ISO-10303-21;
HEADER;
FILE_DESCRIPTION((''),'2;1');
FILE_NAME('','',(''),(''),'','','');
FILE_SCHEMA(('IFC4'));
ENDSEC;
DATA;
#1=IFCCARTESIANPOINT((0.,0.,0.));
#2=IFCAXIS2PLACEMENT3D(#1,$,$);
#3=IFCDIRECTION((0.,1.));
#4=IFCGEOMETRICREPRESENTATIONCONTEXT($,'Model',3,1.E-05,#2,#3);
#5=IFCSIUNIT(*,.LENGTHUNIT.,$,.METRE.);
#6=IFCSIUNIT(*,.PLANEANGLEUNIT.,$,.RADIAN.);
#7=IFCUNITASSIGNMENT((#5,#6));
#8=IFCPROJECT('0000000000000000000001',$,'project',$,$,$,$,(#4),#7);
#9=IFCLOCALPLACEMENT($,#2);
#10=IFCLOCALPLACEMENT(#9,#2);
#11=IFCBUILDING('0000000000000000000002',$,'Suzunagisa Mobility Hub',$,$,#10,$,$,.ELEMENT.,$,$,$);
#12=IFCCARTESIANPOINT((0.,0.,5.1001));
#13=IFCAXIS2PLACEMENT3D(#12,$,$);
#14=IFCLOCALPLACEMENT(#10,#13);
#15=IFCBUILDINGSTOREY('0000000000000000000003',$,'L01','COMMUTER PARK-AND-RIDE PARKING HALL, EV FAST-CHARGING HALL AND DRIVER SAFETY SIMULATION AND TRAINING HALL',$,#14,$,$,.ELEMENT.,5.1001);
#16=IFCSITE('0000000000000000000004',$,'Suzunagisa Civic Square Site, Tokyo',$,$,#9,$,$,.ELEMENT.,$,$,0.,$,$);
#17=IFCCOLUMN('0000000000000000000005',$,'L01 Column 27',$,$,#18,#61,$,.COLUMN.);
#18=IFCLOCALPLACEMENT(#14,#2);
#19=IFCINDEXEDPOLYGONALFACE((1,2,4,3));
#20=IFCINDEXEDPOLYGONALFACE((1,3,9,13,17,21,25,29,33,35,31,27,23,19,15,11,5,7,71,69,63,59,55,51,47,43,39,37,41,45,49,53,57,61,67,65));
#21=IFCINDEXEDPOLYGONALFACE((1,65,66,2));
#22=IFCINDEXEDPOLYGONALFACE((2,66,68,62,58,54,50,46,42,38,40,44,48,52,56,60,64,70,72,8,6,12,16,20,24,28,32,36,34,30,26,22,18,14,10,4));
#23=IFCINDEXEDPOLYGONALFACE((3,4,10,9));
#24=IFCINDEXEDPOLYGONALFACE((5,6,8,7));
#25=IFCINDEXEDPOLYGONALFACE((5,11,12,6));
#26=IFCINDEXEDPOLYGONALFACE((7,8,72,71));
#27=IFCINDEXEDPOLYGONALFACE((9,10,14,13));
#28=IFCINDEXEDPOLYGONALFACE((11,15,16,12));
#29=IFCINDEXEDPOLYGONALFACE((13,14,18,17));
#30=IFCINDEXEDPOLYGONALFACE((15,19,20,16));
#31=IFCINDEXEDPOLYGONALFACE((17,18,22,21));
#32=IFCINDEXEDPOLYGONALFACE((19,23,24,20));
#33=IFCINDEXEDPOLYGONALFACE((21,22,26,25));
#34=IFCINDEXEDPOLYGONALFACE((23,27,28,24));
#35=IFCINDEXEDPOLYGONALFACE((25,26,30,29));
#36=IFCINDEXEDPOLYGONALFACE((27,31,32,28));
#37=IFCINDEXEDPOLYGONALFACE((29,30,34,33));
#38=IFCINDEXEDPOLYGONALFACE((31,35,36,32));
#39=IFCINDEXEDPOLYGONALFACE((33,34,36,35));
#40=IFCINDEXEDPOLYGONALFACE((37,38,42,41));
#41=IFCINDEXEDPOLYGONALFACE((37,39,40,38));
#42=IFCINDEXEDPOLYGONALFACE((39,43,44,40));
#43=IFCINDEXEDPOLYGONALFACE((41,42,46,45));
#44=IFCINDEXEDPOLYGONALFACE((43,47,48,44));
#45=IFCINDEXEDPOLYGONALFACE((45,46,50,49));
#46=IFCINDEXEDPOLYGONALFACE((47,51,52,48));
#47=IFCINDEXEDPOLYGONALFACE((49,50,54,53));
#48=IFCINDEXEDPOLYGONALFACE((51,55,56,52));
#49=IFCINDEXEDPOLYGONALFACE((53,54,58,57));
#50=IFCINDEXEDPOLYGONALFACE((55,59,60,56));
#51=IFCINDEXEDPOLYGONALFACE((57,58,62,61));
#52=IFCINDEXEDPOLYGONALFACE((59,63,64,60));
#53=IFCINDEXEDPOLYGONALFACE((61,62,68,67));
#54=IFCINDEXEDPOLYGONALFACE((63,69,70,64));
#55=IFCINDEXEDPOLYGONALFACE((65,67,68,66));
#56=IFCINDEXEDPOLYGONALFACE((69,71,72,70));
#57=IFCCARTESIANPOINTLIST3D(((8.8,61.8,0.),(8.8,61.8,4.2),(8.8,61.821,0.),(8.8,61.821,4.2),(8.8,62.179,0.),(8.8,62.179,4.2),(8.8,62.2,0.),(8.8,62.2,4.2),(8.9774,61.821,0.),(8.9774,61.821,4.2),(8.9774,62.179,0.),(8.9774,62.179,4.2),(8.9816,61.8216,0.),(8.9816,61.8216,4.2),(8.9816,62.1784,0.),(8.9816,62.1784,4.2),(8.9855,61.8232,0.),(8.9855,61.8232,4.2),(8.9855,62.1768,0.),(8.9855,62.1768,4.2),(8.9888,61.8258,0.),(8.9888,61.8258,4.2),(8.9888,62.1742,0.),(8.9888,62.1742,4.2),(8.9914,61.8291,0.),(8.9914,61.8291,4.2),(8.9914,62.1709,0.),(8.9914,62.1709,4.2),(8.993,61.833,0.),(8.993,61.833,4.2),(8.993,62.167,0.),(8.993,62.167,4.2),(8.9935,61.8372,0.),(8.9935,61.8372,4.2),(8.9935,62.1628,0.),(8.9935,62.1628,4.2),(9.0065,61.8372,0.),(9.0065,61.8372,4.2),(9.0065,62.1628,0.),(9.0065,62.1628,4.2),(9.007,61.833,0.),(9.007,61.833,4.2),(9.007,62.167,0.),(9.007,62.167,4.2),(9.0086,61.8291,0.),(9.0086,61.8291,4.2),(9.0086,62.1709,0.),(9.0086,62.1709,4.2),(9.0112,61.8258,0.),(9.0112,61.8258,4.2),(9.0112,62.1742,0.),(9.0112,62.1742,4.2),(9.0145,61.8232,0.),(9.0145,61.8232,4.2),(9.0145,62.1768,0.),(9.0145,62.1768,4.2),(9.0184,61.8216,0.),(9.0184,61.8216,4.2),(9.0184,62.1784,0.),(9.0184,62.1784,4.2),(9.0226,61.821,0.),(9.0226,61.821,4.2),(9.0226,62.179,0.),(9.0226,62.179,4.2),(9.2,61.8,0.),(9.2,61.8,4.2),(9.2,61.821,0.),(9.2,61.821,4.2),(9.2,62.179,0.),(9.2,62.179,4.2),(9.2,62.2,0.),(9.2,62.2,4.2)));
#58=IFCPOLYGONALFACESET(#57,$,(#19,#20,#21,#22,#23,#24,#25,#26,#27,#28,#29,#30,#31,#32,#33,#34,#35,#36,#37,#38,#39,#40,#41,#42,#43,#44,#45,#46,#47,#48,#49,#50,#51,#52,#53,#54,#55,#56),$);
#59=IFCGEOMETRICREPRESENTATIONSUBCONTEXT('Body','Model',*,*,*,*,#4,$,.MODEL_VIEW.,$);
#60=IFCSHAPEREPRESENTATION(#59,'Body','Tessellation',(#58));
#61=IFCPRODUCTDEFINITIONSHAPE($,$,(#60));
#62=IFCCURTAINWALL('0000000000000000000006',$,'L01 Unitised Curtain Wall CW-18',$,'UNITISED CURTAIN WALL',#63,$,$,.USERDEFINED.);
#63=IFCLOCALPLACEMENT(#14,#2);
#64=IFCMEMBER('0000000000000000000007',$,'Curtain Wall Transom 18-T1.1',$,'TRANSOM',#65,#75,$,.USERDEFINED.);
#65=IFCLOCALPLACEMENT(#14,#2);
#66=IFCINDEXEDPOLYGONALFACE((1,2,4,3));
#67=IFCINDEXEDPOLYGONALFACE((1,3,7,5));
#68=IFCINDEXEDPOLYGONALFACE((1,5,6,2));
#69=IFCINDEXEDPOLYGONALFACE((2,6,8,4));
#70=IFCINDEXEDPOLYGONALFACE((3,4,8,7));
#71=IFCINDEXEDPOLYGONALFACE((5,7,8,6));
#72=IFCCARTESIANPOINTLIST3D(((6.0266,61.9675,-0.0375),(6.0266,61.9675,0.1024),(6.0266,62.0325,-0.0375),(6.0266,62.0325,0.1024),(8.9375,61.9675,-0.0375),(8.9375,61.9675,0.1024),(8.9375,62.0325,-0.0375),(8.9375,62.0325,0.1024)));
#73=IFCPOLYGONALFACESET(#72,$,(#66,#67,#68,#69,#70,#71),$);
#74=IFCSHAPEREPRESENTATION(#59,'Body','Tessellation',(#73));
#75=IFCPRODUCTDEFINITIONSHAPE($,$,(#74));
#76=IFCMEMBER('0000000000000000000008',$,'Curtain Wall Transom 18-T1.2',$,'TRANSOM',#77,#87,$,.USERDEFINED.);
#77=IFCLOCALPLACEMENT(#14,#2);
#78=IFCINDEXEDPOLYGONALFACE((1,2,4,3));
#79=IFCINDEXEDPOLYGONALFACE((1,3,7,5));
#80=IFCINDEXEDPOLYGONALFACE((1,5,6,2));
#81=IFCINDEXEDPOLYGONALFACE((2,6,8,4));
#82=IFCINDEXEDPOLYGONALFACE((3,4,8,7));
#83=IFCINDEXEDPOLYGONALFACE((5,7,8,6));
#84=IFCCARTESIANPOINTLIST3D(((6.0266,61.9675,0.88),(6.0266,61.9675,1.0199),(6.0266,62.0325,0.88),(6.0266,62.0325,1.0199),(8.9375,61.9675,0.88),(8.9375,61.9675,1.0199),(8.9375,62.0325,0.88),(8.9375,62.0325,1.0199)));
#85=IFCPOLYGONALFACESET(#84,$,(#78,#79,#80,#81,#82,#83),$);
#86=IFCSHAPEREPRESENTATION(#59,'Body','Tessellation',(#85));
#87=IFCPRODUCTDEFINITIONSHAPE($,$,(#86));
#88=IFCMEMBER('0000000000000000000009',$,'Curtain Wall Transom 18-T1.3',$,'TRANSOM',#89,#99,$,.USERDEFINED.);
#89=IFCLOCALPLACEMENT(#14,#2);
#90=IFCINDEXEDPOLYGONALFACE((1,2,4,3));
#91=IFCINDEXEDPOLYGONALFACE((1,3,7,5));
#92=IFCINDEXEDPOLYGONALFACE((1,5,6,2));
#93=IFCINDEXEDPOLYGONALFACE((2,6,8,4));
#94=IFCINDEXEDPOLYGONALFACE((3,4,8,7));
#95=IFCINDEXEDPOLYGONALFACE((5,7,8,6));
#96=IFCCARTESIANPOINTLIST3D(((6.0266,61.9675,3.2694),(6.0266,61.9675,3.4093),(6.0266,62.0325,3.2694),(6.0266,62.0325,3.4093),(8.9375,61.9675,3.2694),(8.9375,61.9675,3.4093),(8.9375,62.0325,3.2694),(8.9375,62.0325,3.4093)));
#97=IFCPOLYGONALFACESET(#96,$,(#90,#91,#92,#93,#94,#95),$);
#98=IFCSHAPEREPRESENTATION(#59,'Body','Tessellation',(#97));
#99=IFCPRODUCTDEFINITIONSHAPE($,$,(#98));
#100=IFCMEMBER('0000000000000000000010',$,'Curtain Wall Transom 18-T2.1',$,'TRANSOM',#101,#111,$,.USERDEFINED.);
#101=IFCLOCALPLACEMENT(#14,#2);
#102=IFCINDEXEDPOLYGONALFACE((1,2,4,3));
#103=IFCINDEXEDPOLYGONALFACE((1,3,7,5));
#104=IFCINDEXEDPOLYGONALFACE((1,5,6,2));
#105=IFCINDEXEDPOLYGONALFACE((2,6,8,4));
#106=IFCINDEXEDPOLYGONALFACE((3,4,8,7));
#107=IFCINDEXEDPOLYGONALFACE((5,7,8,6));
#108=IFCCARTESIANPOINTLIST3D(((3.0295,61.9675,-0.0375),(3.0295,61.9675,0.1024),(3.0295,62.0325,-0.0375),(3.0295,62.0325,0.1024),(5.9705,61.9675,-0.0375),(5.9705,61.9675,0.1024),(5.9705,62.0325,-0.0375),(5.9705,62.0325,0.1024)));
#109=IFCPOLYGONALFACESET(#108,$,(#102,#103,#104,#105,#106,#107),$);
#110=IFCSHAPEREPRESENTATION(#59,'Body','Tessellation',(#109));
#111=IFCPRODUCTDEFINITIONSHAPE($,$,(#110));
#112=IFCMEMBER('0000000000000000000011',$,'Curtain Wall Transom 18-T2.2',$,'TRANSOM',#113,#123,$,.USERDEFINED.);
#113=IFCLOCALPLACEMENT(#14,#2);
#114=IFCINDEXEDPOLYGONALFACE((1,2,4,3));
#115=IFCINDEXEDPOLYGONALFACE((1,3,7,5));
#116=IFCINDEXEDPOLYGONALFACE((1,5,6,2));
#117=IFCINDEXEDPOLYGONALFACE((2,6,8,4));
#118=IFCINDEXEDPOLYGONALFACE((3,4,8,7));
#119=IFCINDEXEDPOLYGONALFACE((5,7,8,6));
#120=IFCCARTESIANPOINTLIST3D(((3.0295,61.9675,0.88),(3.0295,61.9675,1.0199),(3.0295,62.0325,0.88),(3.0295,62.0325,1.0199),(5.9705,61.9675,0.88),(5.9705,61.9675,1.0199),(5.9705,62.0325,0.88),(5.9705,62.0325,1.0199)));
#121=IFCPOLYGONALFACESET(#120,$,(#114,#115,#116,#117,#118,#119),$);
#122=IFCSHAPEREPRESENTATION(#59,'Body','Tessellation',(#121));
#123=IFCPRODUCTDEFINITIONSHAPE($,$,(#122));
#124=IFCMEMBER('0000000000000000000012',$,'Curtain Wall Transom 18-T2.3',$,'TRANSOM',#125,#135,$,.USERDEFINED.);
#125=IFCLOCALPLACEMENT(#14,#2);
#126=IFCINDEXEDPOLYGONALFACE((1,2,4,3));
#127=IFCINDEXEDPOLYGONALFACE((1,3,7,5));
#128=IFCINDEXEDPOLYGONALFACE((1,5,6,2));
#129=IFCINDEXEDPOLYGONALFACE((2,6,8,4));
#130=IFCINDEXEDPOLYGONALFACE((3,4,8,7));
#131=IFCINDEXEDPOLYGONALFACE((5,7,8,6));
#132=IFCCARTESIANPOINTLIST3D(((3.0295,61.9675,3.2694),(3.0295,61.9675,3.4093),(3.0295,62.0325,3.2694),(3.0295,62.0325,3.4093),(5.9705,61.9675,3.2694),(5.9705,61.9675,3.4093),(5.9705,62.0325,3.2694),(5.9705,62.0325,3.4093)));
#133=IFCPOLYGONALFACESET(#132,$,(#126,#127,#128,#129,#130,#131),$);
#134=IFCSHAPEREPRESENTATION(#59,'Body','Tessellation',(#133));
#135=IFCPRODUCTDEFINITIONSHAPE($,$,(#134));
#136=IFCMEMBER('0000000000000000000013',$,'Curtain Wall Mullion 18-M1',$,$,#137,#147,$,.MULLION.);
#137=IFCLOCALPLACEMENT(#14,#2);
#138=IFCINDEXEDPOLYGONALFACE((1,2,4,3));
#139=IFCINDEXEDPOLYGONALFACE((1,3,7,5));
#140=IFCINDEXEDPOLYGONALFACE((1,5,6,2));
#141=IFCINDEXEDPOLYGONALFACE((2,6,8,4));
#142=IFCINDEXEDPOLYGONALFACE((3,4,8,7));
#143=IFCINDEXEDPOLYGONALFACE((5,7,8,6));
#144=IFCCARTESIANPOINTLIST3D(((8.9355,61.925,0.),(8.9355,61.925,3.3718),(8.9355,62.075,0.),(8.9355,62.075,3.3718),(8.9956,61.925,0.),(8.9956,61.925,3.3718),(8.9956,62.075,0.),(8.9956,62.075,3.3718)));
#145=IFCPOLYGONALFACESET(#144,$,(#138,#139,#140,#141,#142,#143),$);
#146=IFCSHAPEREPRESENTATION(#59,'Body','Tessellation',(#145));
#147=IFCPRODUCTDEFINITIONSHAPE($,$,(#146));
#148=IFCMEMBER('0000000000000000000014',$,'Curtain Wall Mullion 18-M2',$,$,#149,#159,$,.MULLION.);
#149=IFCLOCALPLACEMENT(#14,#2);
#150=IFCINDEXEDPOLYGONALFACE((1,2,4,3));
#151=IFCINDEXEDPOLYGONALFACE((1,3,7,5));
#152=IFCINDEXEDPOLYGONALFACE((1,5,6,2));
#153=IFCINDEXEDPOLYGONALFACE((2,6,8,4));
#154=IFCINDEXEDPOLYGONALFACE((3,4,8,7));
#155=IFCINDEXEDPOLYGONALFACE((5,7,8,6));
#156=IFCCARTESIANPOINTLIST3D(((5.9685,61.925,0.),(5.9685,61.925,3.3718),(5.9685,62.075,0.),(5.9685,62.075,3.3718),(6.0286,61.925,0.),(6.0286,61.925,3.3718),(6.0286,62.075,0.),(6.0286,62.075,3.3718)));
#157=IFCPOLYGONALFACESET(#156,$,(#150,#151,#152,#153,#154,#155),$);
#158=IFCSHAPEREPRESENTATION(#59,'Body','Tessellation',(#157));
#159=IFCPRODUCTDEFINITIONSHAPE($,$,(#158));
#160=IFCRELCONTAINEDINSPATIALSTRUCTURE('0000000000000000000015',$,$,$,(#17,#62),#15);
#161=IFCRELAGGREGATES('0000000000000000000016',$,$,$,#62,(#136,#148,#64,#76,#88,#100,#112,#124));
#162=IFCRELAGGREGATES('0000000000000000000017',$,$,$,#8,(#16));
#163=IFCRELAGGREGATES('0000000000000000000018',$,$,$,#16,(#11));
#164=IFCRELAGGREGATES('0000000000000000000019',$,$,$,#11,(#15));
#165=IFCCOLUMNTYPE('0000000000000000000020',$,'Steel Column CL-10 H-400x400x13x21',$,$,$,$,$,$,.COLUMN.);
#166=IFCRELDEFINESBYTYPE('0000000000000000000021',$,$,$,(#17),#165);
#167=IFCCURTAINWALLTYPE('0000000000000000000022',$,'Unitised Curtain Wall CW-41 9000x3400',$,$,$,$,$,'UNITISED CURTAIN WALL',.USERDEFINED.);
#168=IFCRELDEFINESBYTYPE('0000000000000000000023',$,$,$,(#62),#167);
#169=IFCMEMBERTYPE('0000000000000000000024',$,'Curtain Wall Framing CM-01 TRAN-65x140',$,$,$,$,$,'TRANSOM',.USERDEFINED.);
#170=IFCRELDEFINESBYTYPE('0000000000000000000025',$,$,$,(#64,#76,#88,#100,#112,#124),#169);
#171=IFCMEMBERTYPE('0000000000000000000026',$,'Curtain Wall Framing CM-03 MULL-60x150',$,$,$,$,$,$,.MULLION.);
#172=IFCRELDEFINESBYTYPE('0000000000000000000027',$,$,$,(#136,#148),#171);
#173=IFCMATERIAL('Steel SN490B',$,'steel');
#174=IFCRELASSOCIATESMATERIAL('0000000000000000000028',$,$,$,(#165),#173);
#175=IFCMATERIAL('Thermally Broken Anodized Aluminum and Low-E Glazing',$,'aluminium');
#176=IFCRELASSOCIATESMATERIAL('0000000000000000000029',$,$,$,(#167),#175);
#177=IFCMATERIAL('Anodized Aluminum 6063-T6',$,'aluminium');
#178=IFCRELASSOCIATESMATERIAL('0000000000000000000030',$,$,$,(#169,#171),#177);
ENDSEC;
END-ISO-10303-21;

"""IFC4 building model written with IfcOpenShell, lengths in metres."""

from ifc_helpers import new_model, si_unit, direction, frame, origin, origin_2d, place, context, subcontext, project, spatial, rectangle, i_section, extrude, material, material_profile, profile_set, type_object, element, aggregate, save


model = new_model("IFC4")

# Units and contexts
model_context = context("Model", 3, precision=1e-05, world=origin(), true_north=direction((0.0, 1.0)))
body_context = subcontext(model_context, "Body", "Model", "MODEL_VIEW")
ifc_project = project(units=[si_unit("LENGTHUNIT", "METRE"), si_unit("PLANEANGLEUNIT", "RADIAN")], contexts=[model_context])

# Site, building, storey
site_placement = place(None, origin())
site = spatial("IfcSite", under=ifc_project, at=site_placement, Name="Suzunagisa Civic Square Site, Tokyo", CompositionType="ELEMENT", RefElevation=0.0)
building_placement = place(site_placement, origin())
building = spatial("IfcBuilding", under=site, at=building_placement, Name="Suzunagisa Mobility Hub", CompositionType="ELEMENT")
storey_placement = place(building_placement, frame((0.0, 0.0, 5.1001)))
storey = spatial("IfcBuildingStorey", under=building, at=storey_placement, Name="L01", Description="COMMUTER PARK-AND-RIDE PARKING HALL, EV FAST-CHARGING HALL AND DRIVER SAFETY SIMULATION AND TRAINING HALL", CompositionType="ELEMENT", Elevation=5.1001)

# Column
ifc_material_1 = material(Name="Steel SN490B", Category="steel")
ifc_material_profile_1 = material_profile(ifc_material_1, i_section(OverallWidth=0.3999, OverallDepth=0.3999, WebThickness=0.0129, FlangeThickness=0.021, FilletRadius=0.0161, at=origin_2d()), Name="H-400x400x13x21")
ifc_profile_set_1 = profile_set([ifc_material_profile_1], Name="Steel SN490B")
column_type = type_object("IfcColumnType", Name="Steel Column CL-10 H-400x400x13x21", PredefinedType="COLUMN", material=ifc_profile_set_1)
column_placement = place(storey_placement, frame((9.0, 62.0, 0.0), z_axis=(0.0, 0.0, 1.0), x_axis=(1.0, 0.0, 0.0)))
element("IfcColumn", 1, at=column_placement, inside=storey, type_object=column_type, Name="L01 Column 27", PredefinedType="COLUMN", context=body_context, shape_type="SweptSolid", body=[
    extrude(i_section(OverallWidth=0.3999, OverallDepth=0.3999, WebThickness=0.0129, FlangeThickness=0.021, FilletRadius=0.0161, at=origin_2d()), origin(), (0.0, 0.0, 1.0), 4.2),
])

# Curtain wall, members
ifc_material_2 = material(Name="Thermally Broken Anodized Aluminum and Low-E Glazing", Category="aluminium")
curtain_wall_type = type_object("IfcCurtainWallType", Name="Unitised Curtain Wall CW-41 9000x3400", ElementType="UNITISED CURTAIN WALL", PredefinedType="USERDEFINED", material=ifc_material_2)
curtain_wall_placement = place(storey_placement, origin())
curtain_wall = element("IfcCurtainWall", 2, at=curtain_wall_placement, inside=storey, type_object=curtain_wall_type, Name="L01 Unitised Curtain Wall CW-18", ObjectType="UNITISED CURTAIN WALL", PredefinedType="USERDEFINED")
ifc_material_3 = material(Name="Anodized Aluminum 6063-T6", Category="aluminium")
ifc_material_profile_2 = material_profile(ifc_material_3, rectangle(XDim=0.0649, YDim=0.1399, at=origin_2d()), Name="TRAN-65x140")
ifc_profile_set_2 = profile_set([ifc_material_profile_2], Name="Anodized Aluminum 6063-T6")
member_type_1 = type_object("IfcMemberType", Name="Curtain Wall Framing CM-01 TRAN-65x140", ElementType="TRANSOM", PredefinedType="USERDEFINED", material=ifc_profile_set_2)
member_1_placement = place(storey_placement, frame((8.9375, 62.0, 0.0325), z_axis=(-1.0, 0.0, 0.0), x_axis=(0.0, -1.0, 0.0)))
member_1 = element("IfcMember", 3, at=member_1_placement, type_object=member_type_1, Name="Curtain Wall Transom 18-T1.1", ObjectType="TRANSOM", PredefinedType="USERDEFINED", context=body_context, shape_type="SweptSolid", body=[
    extrude(rectangle(XDim=0.0649, YDim=0.1399, at=origin_2d()), origin(), (0.0, 0.0, 1.0), 2.9109),
])
member_2_placement = place(storey_placement, frame((8.9375, 62.0, 0.95), z_axis=(-1.0, 0.0, 0.0), x_axis=(0.0, -1.0, 0.0)))
member_2 = element("IfcMember", 4, at=member_2_placement, type_object=member_type_1, Name="Curtain Wall Transom 18-T1.2", ObjectType="TRANSOM", PredefinedType="USERDEFINED", context=body_context, shape_type="SweptSolid", body=[
    extrude(rectangle(XDim=0.0649, YDim=0.1399, at=origin_2d()), origin(), (0.0, 0.0, 1.0), 2.9109),
])
member_3_placement = place(storey_placement, frame((8.9375, 62.0, 3.3394), z_axis=(-1.0, 0.0, 0.0), x_axis=(0.0, -1.0, 0.0)))
member_3 = element("IfcMember", 5, at=member_3_placement, type_object=member_type_1, Name="Curtain Wall Transom 18-T1.3", ObjectType="TRANSOM", PredefinedType="USERDEFINED", context=body_context, shape_type="SweptSolid", body=[
    extrude(rectangle(XDim=0.0649, YDim=0.1399, at=origin_2d()), origin(), (0.0, 0.0, 1.0), 2.9109),
])
member_4_placement = place(storey_placement, frame((5.9705, 62.0, 0.0325), z_axis=(-1.0, 0.0, 0.0), x_axis=(0.0, -1.0, 0.0)))
member_4 = element("IfcMember", 6, at=member_4_placement, type_object=member_type_1, Name="Curtain Wall Transom 18-T2.1", ObjectType="TRANSOM", PredefinedType="USERDEFINED", context=body_context, shape_type="SweptSolid", body=[
    extrude(rectangle(XDim=0.0649, YDim=0.1399, at=origin_2d()), origin(), (0.0, 0.0, 1.0), 2.9409),
])
member_5_placement = place(storey_placement, frame((5.9705, 62.0, 0.95), z_axis=(-1.0, 0.0, 0.0), x_axis=(0.0, -1.0, 0.0)))
member_5 = element("IfcMember", 7, at=member_5_placement, type_object=member_type_1, Name="Curtain Wall Transom 18-T2.2", ObjectType="TRANSOM", PredefinedType="USERDEFINED", context=body_context, shape_type="SweptSolid", body=[
    extrude(rectangle(XDim=0.0649, YDim=0.1399, at=origin_2d()), origin(), (0.0, 0.0, 1.0), 2.9409),
])
member_6_placement = place(storey_placement, frame((5.9705, 62.0, 3.3394), z_axis=(-1.0, 0.0, 0.0), x_axis=(0.0, -1.0, 0.0)))
member_6 = element("IfcMember", 8, at=member_6_placement, type_object=member_type_1, Name="Curtain Wall Transom 18-T2.3", ObjectType="TRANSOM", PredefinedType="USERDEFINED", context=body_context, shape_type="SweptSolid", body=[
    extrude(rectangle(XDim=0.0649, YDim=0.1399, at=origin_2d()), origin(), (0.0, 0.0, 1.0), 2.9409),
])
ifc_material_profile_3 = material_profile(ifc_material_3, rectangle(XDim=0.0601, YDim=0.1499, at=origin_2d()), Name="MULL-60x150")
ifc_profile_set_3 = profile_set([ifc_material_profile_3], Name="Anodized Aluminum 6063-T6")
member_type_2 = type_object("IfcMemberType", Name="Curtain Wall Framing CM-03 MULL-60x150", PredefinedType="MULLION", material=ifc_profile_set_3)
member_7_placement = place(storey_placement, frame((8.9656, 62.0, 0.0), z_axis=(0.0, 0.0, 1.0), x_axis=(-1.0, 0.0, 0.0)))
member_7 = element("IfcMember", 9, at=member_7_placement, type_object=member_type_2, Name="Curtain Wall Mullion 18-M1", PredefinedType="MULLION", context=body_context, shape_type="SweptSolid", body=[
    extrude(rectangle(XDim=0.0601, YDim=0.1499, at=origin_2d()), origin(), (0.0, 0.0, 1.0), 3.3718),
])
member_8_placement = place(storey_placement, frame((5.9985, 62.0, 0.0), z_axis=(0.0, 0.0, 1.0), x_axis=(-1.0, 0.0, 0.0)))
member_8 = element("IfcMember", 10, at=member_8_placement, type_object=member_type_2, Name="Curtain Wall Mullion 18-M2", PredefinedType="MULLION", context=body_context, shape_type="SweptSolid", body=[
    extrude(rectangle(XDim=0.0601, YDim=0.1499, at=origin_2d()), origin(), (0.0, 0.0, 1.0), 3.3718),
])

aggregate(curtain_wall, [member_7, member_8, member_1, member_2, member_3, member_4, member_5, member_6])

save(model, "model.ifc")
